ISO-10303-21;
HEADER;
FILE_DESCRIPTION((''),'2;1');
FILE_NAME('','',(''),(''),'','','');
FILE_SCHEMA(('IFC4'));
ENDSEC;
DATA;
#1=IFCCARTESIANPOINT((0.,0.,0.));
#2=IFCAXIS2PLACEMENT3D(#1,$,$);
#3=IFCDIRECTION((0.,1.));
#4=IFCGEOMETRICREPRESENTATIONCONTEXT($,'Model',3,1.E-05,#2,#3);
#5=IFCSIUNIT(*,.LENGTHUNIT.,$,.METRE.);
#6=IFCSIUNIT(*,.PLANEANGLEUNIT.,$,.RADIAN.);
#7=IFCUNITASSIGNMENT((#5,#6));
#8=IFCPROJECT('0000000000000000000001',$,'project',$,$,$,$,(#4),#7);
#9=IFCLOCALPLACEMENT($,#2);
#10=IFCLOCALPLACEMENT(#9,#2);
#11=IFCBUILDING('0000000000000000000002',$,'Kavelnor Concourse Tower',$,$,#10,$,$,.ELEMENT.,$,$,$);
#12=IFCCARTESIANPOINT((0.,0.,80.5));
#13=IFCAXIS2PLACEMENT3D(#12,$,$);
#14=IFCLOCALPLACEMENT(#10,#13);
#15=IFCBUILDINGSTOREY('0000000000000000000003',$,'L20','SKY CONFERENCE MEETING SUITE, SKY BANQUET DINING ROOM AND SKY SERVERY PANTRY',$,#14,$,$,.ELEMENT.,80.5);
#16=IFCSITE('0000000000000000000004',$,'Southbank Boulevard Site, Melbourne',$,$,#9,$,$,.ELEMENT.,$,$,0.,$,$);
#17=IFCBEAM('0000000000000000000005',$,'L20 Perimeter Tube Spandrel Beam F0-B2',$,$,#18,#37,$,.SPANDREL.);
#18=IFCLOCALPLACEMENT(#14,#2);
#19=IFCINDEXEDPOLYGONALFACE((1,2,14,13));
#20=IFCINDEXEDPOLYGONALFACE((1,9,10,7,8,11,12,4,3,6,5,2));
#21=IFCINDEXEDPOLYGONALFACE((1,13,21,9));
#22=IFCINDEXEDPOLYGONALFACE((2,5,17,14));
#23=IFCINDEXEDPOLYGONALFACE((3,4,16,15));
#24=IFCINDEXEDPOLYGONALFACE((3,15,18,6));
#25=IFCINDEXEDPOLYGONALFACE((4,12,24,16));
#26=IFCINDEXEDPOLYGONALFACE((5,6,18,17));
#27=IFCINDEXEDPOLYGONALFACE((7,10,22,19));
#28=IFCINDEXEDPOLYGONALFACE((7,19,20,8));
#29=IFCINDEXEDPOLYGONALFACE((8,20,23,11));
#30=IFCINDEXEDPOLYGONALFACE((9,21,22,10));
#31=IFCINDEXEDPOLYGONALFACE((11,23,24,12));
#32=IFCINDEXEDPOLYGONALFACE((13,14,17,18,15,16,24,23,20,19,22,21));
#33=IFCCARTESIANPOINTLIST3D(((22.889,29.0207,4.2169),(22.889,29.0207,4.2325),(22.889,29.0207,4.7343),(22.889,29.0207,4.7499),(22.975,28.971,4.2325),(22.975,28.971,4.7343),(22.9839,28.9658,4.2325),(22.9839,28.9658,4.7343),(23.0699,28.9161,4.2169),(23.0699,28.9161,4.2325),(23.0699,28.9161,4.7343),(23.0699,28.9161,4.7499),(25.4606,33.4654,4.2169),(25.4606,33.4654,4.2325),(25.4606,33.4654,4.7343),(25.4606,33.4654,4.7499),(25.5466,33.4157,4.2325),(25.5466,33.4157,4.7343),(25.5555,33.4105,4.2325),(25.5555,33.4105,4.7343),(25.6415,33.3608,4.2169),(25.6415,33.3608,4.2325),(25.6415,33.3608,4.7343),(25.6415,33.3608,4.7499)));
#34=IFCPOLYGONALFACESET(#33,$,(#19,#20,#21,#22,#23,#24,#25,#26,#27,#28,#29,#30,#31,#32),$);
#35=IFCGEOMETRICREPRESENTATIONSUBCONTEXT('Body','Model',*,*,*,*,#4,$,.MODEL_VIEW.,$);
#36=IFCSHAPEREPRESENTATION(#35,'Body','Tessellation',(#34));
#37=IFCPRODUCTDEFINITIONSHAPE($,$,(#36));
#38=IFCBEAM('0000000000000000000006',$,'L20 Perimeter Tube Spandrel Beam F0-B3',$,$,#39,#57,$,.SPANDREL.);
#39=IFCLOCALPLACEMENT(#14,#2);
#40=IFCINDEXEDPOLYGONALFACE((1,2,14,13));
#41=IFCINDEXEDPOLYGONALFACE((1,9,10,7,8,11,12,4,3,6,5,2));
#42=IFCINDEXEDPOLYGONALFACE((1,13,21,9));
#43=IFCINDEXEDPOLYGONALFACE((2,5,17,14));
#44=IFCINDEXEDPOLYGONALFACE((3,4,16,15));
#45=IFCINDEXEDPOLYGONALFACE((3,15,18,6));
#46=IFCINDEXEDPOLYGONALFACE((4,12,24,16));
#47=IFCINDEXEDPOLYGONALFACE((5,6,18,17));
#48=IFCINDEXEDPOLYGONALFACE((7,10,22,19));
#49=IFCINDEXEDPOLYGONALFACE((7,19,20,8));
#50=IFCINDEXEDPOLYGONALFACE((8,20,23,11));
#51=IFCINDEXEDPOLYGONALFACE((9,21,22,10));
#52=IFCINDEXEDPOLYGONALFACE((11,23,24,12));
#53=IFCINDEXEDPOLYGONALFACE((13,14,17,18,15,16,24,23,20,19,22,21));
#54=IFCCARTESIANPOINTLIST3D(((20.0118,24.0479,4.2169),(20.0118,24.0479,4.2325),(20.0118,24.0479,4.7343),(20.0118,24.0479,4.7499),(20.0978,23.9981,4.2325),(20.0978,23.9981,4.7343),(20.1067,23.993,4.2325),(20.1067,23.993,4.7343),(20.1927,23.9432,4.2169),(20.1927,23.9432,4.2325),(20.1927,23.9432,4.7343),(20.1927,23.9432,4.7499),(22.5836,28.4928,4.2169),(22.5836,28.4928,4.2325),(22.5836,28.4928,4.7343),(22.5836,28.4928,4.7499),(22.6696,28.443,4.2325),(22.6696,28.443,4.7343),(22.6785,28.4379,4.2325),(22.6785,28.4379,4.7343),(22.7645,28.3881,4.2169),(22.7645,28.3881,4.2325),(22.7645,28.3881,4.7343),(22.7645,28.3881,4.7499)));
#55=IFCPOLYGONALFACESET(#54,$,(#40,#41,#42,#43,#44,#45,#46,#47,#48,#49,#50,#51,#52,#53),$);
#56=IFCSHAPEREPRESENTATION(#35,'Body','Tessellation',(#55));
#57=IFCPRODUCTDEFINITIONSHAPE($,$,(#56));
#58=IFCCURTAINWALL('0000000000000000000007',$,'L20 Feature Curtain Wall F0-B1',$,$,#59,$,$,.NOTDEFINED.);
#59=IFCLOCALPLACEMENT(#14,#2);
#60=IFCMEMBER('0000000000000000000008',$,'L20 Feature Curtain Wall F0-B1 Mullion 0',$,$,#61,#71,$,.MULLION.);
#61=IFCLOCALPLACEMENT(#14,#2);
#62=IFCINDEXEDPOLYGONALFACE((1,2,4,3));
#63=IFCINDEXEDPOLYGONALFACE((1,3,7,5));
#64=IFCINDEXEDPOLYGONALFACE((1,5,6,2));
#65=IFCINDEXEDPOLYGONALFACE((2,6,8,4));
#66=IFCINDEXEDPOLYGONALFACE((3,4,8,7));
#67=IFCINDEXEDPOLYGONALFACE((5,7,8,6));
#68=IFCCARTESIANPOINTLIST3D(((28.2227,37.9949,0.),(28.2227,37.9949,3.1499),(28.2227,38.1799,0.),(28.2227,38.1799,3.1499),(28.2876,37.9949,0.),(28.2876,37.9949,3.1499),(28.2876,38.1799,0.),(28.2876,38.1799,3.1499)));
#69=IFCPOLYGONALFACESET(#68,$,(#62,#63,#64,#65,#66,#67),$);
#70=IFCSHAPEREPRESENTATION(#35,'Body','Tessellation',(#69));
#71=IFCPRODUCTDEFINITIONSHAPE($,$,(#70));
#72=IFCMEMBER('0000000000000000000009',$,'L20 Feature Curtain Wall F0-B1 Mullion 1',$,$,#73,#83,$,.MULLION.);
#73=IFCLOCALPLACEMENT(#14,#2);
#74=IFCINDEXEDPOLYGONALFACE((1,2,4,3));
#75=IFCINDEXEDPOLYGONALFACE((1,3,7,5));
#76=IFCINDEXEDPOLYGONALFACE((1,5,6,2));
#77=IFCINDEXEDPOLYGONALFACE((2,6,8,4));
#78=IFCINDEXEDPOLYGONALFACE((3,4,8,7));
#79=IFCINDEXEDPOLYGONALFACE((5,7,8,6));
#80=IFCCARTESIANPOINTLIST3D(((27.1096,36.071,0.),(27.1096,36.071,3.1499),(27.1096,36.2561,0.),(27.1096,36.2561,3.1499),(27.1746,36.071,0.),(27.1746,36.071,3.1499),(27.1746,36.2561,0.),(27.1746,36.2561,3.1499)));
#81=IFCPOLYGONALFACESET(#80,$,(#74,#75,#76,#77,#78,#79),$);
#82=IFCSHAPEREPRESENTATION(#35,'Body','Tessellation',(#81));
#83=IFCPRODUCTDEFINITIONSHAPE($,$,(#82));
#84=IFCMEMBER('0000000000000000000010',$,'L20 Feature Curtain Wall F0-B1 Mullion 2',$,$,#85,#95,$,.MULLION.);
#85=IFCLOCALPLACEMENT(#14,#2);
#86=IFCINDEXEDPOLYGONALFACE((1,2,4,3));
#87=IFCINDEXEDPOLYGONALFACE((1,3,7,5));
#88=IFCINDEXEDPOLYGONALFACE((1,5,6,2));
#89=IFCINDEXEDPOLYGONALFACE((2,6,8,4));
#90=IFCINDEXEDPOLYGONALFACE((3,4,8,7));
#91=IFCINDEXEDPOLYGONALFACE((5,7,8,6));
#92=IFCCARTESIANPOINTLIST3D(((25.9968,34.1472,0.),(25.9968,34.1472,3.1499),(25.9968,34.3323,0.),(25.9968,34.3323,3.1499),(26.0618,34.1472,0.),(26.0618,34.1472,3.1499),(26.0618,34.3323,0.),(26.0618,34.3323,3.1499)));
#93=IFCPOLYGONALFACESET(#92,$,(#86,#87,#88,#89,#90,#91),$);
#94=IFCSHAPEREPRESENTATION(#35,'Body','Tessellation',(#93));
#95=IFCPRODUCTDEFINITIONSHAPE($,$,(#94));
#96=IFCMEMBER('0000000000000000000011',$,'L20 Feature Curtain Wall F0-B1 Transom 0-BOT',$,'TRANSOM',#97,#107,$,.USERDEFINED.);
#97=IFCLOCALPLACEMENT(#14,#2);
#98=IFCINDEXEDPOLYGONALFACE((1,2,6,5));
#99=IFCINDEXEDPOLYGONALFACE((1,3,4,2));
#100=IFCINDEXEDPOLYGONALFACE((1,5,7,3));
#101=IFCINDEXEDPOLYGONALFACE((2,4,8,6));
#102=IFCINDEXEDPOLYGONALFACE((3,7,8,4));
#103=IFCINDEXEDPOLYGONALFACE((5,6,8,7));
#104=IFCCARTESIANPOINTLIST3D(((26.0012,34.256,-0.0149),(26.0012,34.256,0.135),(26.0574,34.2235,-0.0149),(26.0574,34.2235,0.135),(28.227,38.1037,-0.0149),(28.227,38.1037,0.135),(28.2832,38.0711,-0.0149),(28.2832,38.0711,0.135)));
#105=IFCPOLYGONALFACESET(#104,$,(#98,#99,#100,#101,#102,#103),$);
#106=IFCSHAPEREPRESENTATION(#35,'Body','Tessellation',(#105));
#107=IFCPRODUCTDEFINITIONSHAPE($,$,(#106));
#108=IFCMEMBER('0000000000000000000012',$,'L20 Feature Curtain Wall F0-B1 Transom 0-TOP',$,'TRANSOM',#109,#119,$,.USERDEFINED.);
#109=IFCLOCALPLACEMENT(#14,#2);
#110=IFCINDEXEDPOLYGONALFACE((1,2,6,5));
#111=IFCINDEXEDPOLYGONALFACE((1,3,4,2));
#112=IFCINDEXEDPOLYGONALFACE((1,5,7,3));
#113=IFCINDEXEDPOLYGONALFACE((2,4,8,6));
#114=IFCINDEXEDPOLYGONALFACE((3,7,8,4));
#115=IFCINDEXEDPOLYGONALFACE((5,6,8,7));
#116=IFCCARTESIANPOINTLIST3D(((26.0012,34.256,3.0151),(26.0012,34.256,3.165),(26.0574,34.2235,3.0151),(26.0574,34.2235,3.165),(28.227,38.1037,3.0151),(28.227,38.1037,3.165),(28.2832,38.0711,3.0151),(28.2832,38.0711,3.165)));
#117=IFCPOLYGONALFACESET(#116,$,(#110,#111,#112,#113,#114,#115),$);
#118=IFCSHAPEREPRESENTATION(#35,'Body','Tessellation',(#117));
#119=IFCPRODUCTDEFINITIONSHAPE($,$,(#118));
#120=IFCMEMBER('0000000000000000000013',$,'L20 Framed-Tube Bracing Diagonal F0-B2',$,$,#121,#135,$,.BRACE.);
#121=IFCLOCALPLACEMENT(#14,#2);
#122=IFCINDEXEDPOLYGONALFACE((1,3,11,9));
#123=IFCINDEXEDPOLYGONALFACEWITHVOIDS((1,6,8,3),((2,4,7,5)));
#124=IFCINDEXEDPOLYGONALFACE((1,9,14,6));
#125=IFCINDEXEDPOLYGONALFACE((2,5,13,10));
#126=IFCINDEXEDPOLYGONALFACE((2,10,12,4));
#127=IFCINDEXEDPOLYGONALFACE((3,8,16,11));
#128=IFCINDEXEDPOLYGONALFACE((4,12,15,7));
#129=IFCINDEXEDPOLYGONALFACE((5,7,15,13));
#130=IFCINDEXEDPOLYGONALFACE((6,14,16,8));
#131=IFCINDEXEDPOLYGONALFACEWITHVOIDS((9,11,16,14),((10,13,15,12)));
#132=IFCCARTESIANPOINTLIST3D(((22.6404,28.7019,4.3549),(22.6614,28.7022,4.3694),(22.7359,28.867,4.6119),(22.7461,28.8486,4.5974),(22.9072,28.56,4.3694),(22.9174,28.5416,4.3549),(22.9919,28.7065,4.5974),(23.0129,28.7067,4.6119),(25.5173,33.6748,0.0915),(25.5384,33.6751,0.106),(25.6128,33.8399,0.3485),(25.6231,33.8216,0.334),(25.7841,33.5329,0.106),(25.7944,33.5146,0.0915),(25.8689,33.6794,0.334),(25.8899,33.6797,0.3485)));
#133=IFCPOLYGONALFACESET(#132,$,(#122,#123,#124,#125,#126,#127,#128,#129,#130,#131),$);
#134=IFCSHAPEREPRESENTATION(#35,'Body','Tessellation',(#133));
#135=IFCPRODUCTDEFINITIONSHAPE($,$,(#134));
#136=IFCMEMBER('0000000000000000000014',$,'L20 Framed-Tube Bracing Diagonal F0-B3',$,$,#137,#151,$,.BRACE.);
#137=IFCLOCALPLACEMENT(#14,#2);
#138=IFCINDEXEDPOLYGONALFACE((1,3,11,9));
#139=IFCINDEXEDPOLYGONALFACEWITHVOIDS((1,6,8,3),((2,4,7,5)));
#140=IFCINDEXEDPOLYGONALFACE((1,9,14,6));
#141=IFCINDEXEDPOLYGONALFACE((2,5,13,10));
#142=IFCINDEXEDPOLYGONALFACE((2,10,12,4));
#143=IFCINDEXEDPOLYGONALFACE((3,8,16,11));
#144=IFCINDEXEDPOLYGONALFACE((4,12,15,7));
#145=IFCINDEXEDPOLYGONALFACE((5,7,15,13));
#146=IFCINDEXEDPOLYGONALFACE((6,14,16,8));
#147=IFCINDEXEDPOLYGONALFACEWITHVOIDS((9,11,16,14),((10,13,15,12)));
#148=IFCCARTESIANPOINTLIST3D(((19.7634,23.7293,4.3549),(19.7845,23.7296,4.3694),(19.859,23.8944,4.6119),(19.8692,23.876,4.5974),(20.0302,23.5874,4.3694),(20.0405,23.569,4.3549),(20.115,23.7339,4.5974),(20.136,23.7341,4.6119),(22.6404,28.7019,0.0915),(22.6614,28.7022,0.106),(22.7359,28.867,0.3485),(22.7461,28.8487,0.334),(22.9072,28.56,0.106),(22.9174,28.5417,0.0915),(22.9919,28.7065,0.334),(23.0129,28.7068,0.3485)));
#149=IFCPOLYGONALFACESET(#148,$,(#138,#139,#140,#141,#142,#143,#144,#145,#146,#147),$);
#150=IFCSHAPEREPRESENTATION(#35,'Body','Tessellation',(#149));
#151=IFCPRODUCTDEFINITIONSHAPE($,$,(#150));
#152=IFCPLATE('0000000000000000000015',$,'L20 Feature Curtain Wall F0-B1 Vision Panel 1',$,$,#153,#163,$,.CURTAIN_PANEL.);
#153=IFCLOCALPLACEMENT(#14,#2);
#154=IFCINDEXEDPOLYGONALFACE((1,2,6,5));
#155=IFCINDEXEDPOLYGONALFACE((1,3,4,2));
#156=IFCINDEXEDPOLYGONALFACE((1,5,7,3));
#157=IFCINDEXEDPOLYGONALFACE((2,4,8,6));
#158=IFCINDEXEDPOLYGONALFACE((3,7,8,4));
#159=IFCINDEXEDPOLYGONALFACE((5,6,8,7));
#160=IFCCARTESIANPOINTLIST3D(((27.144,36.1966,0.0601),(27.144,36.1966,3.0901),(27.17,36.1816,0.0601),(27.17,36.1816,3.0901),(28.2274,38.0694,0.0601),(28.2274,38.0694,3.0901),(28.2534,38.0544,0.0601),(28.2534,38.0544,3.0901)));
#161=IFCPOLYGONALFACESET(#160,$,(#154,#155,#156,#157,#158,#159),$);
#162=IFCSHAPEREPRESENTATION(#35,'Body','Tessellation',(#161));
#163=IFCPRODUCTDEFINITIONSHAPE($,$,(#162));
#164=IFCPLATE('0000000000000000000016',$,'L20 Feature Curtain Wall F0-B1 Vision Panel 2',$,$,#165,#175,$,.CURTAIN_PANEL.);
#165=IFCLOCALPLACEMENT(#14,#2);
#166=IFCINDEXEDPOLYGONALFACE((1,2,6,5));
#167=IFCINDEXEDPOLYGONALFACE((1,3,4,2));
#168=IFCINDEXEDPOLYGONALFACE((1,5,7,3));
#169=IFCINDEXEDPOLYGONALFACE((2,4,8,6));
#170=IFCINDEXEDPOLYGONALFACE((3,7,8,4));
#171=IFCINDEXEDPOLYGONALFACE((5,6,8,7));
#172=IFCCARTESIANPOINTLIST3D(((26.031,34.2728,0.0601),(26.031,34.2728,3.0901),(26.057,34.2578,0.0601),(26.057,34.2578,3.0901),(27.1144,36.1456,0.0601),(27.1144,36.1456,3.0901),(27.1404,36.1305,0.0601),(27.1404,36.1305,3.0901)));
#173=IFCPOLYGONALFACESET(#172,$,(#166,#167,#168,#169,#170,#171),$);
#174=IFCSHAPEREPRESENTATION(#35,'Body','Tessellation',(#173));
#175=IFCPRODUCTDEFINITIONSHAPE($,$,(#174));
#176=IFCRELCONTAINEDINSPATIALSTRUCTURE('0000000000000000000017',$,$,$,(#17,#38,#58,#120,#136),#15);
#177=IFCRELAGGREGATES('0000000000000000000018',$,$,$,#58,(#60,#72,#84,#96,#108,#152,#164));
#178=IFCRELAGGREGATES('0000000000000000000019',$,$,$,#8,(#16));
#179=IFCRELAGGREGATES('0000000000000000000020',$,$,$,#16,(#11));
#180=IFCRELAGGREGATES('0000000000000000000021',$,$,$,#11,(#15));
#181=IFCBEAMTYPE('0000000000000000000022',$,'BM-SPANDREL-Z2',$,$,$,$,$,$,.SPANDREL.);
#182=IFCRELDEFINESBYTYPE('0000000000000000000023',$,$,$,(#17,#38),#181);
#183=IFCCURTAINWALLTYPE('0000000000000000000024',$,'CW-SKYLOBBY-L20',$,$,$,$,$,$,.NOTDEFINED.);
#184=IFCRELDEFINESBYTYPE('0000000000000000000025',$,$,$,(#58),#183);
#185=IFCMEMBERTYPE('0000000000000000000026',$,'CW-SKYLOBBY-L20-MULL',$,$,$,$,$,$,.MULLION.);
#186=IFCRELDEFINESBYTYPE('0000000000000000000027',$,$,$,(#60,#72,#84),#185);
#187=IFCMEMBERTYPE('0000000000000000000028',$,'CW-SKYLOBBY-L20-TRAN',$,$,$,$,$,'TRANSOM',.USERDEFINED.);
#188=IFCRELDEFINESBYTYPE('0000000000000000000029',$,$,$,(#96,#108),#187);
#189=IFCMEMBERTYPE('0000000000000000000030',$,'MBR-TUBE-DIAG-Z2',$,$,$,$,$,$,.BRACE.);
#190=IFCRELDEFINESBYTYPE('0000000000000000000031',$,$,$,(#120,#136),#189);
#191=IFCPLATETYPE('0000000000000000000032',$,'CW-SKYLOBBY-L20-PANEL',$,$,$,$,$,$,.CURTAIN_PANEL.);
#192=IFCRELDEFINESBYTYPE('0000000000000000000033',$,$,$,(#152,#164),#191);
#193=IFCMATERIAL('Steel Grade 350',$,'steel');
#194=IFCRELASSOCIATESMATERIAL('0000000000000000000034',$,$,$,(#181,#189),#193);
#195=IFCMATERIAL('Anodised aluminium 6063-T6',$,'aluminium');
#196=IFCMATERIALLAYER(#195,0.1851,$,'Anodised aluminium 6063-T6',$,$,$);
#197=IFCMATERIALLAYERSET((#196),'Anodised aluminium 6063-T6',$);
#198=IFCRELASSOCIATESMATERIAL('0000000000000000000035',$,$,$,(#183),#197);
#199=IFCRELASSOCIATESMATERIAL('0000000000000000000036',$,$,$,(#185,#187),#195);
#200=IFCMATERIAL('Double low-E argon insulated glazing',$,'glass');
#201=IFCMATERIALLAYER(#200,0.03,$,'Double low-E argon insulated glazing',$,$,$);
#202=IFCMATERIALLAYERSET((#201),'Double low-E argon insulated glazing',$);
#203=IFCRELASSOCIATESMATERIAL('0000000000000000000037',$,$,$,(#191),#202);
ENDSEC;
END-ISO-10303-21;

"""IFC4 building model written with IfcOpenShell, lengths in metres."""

from ifc_helpers import new_model, si_unit, direction, frame, origin, origin_2d, place, context, subcontext, project, spatial, rectangle, hollow_rectangle, i_section, extrude, material, layer, layer_set, material_profile, profile_set, type_object, element, aggregate, save


model = new_model("IFC4")

# Units and contexts
model_context = context("Model", 3, precision=1e-05, world=origin(), true_north=direction((0.0, 1.0)))
body_context = subcontext(model_context, "Body", "Model", "MODEL_VIEW")
ifc_project = project(units=[si_unit("LENGTHUNIT", "METRE"), si_unit("PLANEANGLEUNIT", "RADIAN")], contexts=[model_context])

# Site, building, storey
site_placement = place(None, origin())
site = spatial("IfcSite", under=ifc_project, at=site_placement, Name="Southbank Boulevard Site, Melbourne", CompositionType="ELEMENT", RefElevation=0.0)
building_placement = place(site_placement, origin())
building = spatial("IfcBuilding", under=site, at=building_placement, Name="Kavelnor Concourse Tower", CompositionType="ELEMENT")
storey_placement = place(building_placement, frame((0.0, 0.0, 80.5)))
storey = spatial("IfcBuildingStorey", under=building, at=storey_placement, Name="L20", Description="SKY CONFERENCE MEETING SUITE, SKY BANQUET DINING ROOM AND SKY SERVERY PANTRY", CompositionType="ELEMENT", Elevation=80.5)

# Shared definitions
ifc_material_1 = material(Name="Steel Grade 350", Category="steel")

# Beams
ifc_material_profile_1 = material_profile(ifc_material_1, i_section(OverallWidth=0.209, OverallDepth=0.533, WebThickness=0.0103, FlangeThickness=0.0156, at=origin_2d()), Name="530UB92")
ifc_profile_set_1 = profile_set([ifc_material_profile_1], Name="Steel Grade 350")
beam_type_1 = type_object("IfcBeamType", Name="BM-SPANDREL-Z2", PredefinedType="SPANDREL", material=ifc_profile_set_1)
for number, where, z_axis, x_axis, name in (
    (1, (25.551, 33.4131, 4.4834), (-0.500796, -0.865565, 0.0), (0.865565, -0.500796, 0.0), "L20 Perimeter Tube Spandrel Beam F0-B2"),
):
    element("IfcBeam", number, at=place(storey_placement, frame(where, z_axis=z_axis, x_axis=x_axis)), inside=storey, type_object=beam_type_1, Name=name, PredefinedType="SPANDREL", context=body_context, shape_type="SweptSolid", body=[
        extrude(i_section(OverallWidth=0.209, OverallDepth=0.533, WebThickness=0.0103, FlangeThickness=0.0156, at=origin_2d()), origin(), (0.0, 0.0, 1.0), 5.135),
    ])
beam_1_placement = place(storey_placement, frame((22.6741, 28.4404, 4.4834), z_axis=(-0.500811, -0.865556, 0.0), x_axis=(0.865556, -0.500811, 0.0)))
element("IfcBeam", 2, at=beam_1_placement, inside=storey, type_object=beam_type_1, Name="L20 Perimeter Tube Spandrel Beam F0-B3", PredefinedType="SPANDREL", context=body_context, shape_type="SweptSolid", body=[
    extrude(i_section(OverallWidth=0.209, OverallDepth=0.533, WebThickness=0.0103, FlangeThickness=0.0156, at=origin_2d()), origin(), (0.0, 0.0, 1.0), 5.1353),
])

# Curtain wall, members
ifc_material_2 = material(Name="Anodised aluminium 6063-T6", Category="aluminium")
ifc_layer_1 = layer(ifc_material_2, 0.1851, Name="Anodised aluminium 6063-T6")
ifc_layer_set_1 = layer_set([ifc_layer_1], Name="Anodised aluminium 6063-T6")
curtain_wall_type = type_object("IfcCurtainWallType", Name="CW-SKYLOBBY-L20", PredefinedType="NOTDEFINED", material=ifc_layer_set_1)
curtain_wall_placement = place(storey_placement, origin())
curtain_wall = element("IfcCurtainWall", 3, at=curtain_wall_placement, inside=storey, type_object=curtain_wall_type, Name="L20 Feature Curtain Wall F0-B1", PredefinedType="NOTDEFINED")
ifc_material_profile_2 = material_profile(ifc_material_2, rectangle(XDim=0.0649, YDim=0.1851, at=origin_2d()), Name="AL-MULL 65x185")
ifc_profile_set_2 = profile_set([ifc_material_profile_2], Name="Anodised aluminium 6063-T6")
member_type_1 = type_object("IfcMemberType", Name="CW-SKYLOBBY-L20-MULL", PredefinedType="MULLION", material=ifc_profile_set_2)
member_1_placement = place(storey_placement, frame((28.2551, 38.0874, 0.0), z_axis=(0.0, 0.0, 1.0), x_axis=(1.0, 0.0, 0.0)))
member_1 = element("IfcMember", 4, at=member_1_placement, type_object=member_type_1, Name="L20 Feature Curtain Wall F0-B1 Mullion 0", PredefinedType="MULLION", context=body_context, shape_type="SweptSolid", body=[
    extrude(rectangle(XDim=0.0649, YDim=0.1851, at=origin_2d()), origin(), (0.0, 0.0, 1.0), 3.1499),
])
member_2_placement = place(storey_placement, frame((27.1421, 36.1636, 0.0), z_axis=(0.0, 0.0, 1.0), x_axis=(1.0, 0.0, 0.0)))
member_2 = element("IfcMember", 5, at=member_2_placement, type_object=member_type_1, Name="L20 Feature Curtain Wall F0-B1 Mullion 1", PredefinedType="MULLION", context=body_context, shape_type="SweptSolid", body=[
    extrude(rectangle(XDim=0.0649, YDim=0.1851, at=origin_2d()), origin(), (0.0, 0.0, 1.0), 3.1499),
])
member_3_placement = place(storey_placement, frame((26.0293, 34.2397, 0.0), z_axis=(0.0, 0.0, 1.0), x_axis=(1.0, 0.0, 0.0)))
member_3 = element("IfcMember", 6, at=member_3_placement, type_object=member_type_1, Name="L20 Feature Curtain Wall F0-B1 Mullion 2", PredefinedType="MULLION", context=body_context, shape_type="SweptSolid", body=[
    extrude(rectangle(XDim=0.0649, YDim=0.1851, at=origin_2d()), origin(), (0.0, 0.0, 1.0), 3.1499),
])
ifc_material_profile_3 = material_profile(ifc_material_2, rectangle(XDim=0.0649, YDim=0.1499, at=origin_2d()), Name="AL-TRAN 65x150")
ifc_profile_set_3 = profile_set([ifc_material_profile_3], Name="Anodised aluminium 6063-T6")
member_type_2 = type_object("IfcMemberType", Name="CW-SKYLOBBY-L20-TRAN", ElementType="TRANSOM", PredefinedType="USERDEFINED", material=ifc_profile_set_3)
member_4_placement = place(storey_placement, frame((28.2551, 38.0874, 0.0601), z_axis=(-0.50074, -0.865598, 0.0), x_axis=(0.865598, -0.50074, 0.0)))
member_4 = element("IfcMember", 7, at=member_4_placement, type_object=member_type_2, Name="L20 Feature Curtain Wall F0-B1 Transom 0-BOT", ObjectType="TRANSOM", PredefinedType="USERDEFINED", context=body_context, shape_type="SweptSolid", body=[
    extrude(rectangle(XDim=0.0649, YDim=0.1499, at=origin_2d()), origin(), (0.0, 0.0, 1.0), 4.4451),
])
member_5_placement = place(storey_placement, frame((28.2551, 38.0874, 3.0901), z_axis=(-0.50074, -0.865598, 0.0), x_axis=(0.865598, -0.50074, 0.0)))
member_5 = element("IfcMember", 8, at=member_5_placement, type_object=member_type_2, Name="L20 Feature Curtain Wall F0-B1 Transom 0-TOP", ObjectType="TRANSOM", PredefinedType="USERDEFINED", context=body_context, shape_type="SweptSolid", body=[
    extrude(rectangle(XDim=0.0649, YDim=0.1499, at=origin_2d()), origin(), (0.0, 0.0, 1.0), 4.4451),
])

# Members
ifc_material_profile_4 = material_profile(ifc_material_1, hollow_rectangle(XDim=0.3201, YDim=0.3201, WallThickness=0.0181, at=origin_2d()), Name="SHS 320x320x18")
ifc_profile_set_4 = profile_set([ifc_material_profile_4], Name="Steel Grade 350")
member_type_3 = type_object("IfcMemberType", Name="MBR-TUBE-DIAG-Z2", PredefinedType="BRACE", material=ifc_profile_set_4)
member_6_placement = place(storey_placement, frame((25.7036, 33.6772, 0.22), z_axis=(-0.402132, -0.695097, 0.595929), x_axis=(0.865584, -0.500763, 0.0)))
element("IfcMember", 9, at=member_6_placement, inside=storey, type_object=member_type_3, Name="L20 Framed-Tube Bracing Diagonal F0-B2", PredefinedType="BRACE", context=body_context, shape_type="SweptSolid", body=[
    extrude(hollow_rectangle(XDim=0.3201, YDim=0.3201, WallThickness=0.0181, at=origin_2d()), origin(), (0.0, 0.0, 1.0), 7.1543),
])
member_7_placement = place(storey_placement, frame((22.8267, 28.7043, 0.22), z_axis=(-0.402141, -0.695079, 0.595943), x_axis=(0.865574, -0.500782, 0.0)))
element("IfcMember", 10, at=member_7_placement, inside=storey, type_object=member_type_3, Name="L20 Framed-Tube Bracing Diagonal F0-B3", PredefinedType="BRACE", context=body_context, shape_type="SweptSolid", body=[
    extrude(hollow_rectangle(XDim=0.3201, YDim=0.3201, WallThickness=0.0181, at=origin_2d()), origin(), (0.0, 0.0, 1.0), 7.1541),
])

# Plates
ifc_material_3 = material(Name="Double low-E argon insulated glazing", Category="glass")
ifc_layer_2 = layer(ifc_material_3, 0.03, Name="Double low-E argon insulated glazing")
ifc_layer_set_2 = layer_set([ifc_layer_2], Name="Double low-E argon insulated glazing")
plate_type_1 = type_object("IfcPlateType", Name="CW-SKYLOBBY-L20-PANEL", PredefinedType="CURTAIN_PANEL", material=ifc_layer_set_2)
plate_1_placement = place(storey_placement, frame((27.6987, 37.1255, 0.0601), z_axis=(0.0, 0.0, 1.0), x_axis=(-0.500756, -0.865589, 0.0)))
plate_1 = element("IfcPlate", 11, at=plate_1_placement, type_object=plate_type_1, Name="L20 Feature Curtain Wall F0-B1 Vision Panel 1", PredefinedType="CURTAIN_PANEL", context=body_context, shape_type="SweptSolid", body=[
    extrude(rectangle(XDim=2.1636, YDim=0.03, at=origin_2d()), origin(), (0.0, 0.0, 1.0), 3.03),
])
plate_2_placement = place(storey_placement, frame((26.5857, 35.2017, 0.0601), z_axis=(0.0, 0.0, 1.0), x_axis=(-0.500756, -0.865589, 0.0)))
plate_2 = element("IfcPlate", 12, at=plate_2_placement, type_object=plate_type_1, Name="L20 Feature Curtain Wall F0-B1 Vision Panel 2", PredefinedType="CURTAIN_PANEL", context=body_context, shape_type="SweptSolid", body=[
    extrude(rectangle(XDim=2.1636, YDim=0.03, at=origin_2d()), origin(), (0.0, 0.0, 1.0), 3.03),
])
aggregate(curtain_wall, [member_1, member_2, member_3, member_4, member_5, plate_1, plate_2])

save(model, "model.ifc")
